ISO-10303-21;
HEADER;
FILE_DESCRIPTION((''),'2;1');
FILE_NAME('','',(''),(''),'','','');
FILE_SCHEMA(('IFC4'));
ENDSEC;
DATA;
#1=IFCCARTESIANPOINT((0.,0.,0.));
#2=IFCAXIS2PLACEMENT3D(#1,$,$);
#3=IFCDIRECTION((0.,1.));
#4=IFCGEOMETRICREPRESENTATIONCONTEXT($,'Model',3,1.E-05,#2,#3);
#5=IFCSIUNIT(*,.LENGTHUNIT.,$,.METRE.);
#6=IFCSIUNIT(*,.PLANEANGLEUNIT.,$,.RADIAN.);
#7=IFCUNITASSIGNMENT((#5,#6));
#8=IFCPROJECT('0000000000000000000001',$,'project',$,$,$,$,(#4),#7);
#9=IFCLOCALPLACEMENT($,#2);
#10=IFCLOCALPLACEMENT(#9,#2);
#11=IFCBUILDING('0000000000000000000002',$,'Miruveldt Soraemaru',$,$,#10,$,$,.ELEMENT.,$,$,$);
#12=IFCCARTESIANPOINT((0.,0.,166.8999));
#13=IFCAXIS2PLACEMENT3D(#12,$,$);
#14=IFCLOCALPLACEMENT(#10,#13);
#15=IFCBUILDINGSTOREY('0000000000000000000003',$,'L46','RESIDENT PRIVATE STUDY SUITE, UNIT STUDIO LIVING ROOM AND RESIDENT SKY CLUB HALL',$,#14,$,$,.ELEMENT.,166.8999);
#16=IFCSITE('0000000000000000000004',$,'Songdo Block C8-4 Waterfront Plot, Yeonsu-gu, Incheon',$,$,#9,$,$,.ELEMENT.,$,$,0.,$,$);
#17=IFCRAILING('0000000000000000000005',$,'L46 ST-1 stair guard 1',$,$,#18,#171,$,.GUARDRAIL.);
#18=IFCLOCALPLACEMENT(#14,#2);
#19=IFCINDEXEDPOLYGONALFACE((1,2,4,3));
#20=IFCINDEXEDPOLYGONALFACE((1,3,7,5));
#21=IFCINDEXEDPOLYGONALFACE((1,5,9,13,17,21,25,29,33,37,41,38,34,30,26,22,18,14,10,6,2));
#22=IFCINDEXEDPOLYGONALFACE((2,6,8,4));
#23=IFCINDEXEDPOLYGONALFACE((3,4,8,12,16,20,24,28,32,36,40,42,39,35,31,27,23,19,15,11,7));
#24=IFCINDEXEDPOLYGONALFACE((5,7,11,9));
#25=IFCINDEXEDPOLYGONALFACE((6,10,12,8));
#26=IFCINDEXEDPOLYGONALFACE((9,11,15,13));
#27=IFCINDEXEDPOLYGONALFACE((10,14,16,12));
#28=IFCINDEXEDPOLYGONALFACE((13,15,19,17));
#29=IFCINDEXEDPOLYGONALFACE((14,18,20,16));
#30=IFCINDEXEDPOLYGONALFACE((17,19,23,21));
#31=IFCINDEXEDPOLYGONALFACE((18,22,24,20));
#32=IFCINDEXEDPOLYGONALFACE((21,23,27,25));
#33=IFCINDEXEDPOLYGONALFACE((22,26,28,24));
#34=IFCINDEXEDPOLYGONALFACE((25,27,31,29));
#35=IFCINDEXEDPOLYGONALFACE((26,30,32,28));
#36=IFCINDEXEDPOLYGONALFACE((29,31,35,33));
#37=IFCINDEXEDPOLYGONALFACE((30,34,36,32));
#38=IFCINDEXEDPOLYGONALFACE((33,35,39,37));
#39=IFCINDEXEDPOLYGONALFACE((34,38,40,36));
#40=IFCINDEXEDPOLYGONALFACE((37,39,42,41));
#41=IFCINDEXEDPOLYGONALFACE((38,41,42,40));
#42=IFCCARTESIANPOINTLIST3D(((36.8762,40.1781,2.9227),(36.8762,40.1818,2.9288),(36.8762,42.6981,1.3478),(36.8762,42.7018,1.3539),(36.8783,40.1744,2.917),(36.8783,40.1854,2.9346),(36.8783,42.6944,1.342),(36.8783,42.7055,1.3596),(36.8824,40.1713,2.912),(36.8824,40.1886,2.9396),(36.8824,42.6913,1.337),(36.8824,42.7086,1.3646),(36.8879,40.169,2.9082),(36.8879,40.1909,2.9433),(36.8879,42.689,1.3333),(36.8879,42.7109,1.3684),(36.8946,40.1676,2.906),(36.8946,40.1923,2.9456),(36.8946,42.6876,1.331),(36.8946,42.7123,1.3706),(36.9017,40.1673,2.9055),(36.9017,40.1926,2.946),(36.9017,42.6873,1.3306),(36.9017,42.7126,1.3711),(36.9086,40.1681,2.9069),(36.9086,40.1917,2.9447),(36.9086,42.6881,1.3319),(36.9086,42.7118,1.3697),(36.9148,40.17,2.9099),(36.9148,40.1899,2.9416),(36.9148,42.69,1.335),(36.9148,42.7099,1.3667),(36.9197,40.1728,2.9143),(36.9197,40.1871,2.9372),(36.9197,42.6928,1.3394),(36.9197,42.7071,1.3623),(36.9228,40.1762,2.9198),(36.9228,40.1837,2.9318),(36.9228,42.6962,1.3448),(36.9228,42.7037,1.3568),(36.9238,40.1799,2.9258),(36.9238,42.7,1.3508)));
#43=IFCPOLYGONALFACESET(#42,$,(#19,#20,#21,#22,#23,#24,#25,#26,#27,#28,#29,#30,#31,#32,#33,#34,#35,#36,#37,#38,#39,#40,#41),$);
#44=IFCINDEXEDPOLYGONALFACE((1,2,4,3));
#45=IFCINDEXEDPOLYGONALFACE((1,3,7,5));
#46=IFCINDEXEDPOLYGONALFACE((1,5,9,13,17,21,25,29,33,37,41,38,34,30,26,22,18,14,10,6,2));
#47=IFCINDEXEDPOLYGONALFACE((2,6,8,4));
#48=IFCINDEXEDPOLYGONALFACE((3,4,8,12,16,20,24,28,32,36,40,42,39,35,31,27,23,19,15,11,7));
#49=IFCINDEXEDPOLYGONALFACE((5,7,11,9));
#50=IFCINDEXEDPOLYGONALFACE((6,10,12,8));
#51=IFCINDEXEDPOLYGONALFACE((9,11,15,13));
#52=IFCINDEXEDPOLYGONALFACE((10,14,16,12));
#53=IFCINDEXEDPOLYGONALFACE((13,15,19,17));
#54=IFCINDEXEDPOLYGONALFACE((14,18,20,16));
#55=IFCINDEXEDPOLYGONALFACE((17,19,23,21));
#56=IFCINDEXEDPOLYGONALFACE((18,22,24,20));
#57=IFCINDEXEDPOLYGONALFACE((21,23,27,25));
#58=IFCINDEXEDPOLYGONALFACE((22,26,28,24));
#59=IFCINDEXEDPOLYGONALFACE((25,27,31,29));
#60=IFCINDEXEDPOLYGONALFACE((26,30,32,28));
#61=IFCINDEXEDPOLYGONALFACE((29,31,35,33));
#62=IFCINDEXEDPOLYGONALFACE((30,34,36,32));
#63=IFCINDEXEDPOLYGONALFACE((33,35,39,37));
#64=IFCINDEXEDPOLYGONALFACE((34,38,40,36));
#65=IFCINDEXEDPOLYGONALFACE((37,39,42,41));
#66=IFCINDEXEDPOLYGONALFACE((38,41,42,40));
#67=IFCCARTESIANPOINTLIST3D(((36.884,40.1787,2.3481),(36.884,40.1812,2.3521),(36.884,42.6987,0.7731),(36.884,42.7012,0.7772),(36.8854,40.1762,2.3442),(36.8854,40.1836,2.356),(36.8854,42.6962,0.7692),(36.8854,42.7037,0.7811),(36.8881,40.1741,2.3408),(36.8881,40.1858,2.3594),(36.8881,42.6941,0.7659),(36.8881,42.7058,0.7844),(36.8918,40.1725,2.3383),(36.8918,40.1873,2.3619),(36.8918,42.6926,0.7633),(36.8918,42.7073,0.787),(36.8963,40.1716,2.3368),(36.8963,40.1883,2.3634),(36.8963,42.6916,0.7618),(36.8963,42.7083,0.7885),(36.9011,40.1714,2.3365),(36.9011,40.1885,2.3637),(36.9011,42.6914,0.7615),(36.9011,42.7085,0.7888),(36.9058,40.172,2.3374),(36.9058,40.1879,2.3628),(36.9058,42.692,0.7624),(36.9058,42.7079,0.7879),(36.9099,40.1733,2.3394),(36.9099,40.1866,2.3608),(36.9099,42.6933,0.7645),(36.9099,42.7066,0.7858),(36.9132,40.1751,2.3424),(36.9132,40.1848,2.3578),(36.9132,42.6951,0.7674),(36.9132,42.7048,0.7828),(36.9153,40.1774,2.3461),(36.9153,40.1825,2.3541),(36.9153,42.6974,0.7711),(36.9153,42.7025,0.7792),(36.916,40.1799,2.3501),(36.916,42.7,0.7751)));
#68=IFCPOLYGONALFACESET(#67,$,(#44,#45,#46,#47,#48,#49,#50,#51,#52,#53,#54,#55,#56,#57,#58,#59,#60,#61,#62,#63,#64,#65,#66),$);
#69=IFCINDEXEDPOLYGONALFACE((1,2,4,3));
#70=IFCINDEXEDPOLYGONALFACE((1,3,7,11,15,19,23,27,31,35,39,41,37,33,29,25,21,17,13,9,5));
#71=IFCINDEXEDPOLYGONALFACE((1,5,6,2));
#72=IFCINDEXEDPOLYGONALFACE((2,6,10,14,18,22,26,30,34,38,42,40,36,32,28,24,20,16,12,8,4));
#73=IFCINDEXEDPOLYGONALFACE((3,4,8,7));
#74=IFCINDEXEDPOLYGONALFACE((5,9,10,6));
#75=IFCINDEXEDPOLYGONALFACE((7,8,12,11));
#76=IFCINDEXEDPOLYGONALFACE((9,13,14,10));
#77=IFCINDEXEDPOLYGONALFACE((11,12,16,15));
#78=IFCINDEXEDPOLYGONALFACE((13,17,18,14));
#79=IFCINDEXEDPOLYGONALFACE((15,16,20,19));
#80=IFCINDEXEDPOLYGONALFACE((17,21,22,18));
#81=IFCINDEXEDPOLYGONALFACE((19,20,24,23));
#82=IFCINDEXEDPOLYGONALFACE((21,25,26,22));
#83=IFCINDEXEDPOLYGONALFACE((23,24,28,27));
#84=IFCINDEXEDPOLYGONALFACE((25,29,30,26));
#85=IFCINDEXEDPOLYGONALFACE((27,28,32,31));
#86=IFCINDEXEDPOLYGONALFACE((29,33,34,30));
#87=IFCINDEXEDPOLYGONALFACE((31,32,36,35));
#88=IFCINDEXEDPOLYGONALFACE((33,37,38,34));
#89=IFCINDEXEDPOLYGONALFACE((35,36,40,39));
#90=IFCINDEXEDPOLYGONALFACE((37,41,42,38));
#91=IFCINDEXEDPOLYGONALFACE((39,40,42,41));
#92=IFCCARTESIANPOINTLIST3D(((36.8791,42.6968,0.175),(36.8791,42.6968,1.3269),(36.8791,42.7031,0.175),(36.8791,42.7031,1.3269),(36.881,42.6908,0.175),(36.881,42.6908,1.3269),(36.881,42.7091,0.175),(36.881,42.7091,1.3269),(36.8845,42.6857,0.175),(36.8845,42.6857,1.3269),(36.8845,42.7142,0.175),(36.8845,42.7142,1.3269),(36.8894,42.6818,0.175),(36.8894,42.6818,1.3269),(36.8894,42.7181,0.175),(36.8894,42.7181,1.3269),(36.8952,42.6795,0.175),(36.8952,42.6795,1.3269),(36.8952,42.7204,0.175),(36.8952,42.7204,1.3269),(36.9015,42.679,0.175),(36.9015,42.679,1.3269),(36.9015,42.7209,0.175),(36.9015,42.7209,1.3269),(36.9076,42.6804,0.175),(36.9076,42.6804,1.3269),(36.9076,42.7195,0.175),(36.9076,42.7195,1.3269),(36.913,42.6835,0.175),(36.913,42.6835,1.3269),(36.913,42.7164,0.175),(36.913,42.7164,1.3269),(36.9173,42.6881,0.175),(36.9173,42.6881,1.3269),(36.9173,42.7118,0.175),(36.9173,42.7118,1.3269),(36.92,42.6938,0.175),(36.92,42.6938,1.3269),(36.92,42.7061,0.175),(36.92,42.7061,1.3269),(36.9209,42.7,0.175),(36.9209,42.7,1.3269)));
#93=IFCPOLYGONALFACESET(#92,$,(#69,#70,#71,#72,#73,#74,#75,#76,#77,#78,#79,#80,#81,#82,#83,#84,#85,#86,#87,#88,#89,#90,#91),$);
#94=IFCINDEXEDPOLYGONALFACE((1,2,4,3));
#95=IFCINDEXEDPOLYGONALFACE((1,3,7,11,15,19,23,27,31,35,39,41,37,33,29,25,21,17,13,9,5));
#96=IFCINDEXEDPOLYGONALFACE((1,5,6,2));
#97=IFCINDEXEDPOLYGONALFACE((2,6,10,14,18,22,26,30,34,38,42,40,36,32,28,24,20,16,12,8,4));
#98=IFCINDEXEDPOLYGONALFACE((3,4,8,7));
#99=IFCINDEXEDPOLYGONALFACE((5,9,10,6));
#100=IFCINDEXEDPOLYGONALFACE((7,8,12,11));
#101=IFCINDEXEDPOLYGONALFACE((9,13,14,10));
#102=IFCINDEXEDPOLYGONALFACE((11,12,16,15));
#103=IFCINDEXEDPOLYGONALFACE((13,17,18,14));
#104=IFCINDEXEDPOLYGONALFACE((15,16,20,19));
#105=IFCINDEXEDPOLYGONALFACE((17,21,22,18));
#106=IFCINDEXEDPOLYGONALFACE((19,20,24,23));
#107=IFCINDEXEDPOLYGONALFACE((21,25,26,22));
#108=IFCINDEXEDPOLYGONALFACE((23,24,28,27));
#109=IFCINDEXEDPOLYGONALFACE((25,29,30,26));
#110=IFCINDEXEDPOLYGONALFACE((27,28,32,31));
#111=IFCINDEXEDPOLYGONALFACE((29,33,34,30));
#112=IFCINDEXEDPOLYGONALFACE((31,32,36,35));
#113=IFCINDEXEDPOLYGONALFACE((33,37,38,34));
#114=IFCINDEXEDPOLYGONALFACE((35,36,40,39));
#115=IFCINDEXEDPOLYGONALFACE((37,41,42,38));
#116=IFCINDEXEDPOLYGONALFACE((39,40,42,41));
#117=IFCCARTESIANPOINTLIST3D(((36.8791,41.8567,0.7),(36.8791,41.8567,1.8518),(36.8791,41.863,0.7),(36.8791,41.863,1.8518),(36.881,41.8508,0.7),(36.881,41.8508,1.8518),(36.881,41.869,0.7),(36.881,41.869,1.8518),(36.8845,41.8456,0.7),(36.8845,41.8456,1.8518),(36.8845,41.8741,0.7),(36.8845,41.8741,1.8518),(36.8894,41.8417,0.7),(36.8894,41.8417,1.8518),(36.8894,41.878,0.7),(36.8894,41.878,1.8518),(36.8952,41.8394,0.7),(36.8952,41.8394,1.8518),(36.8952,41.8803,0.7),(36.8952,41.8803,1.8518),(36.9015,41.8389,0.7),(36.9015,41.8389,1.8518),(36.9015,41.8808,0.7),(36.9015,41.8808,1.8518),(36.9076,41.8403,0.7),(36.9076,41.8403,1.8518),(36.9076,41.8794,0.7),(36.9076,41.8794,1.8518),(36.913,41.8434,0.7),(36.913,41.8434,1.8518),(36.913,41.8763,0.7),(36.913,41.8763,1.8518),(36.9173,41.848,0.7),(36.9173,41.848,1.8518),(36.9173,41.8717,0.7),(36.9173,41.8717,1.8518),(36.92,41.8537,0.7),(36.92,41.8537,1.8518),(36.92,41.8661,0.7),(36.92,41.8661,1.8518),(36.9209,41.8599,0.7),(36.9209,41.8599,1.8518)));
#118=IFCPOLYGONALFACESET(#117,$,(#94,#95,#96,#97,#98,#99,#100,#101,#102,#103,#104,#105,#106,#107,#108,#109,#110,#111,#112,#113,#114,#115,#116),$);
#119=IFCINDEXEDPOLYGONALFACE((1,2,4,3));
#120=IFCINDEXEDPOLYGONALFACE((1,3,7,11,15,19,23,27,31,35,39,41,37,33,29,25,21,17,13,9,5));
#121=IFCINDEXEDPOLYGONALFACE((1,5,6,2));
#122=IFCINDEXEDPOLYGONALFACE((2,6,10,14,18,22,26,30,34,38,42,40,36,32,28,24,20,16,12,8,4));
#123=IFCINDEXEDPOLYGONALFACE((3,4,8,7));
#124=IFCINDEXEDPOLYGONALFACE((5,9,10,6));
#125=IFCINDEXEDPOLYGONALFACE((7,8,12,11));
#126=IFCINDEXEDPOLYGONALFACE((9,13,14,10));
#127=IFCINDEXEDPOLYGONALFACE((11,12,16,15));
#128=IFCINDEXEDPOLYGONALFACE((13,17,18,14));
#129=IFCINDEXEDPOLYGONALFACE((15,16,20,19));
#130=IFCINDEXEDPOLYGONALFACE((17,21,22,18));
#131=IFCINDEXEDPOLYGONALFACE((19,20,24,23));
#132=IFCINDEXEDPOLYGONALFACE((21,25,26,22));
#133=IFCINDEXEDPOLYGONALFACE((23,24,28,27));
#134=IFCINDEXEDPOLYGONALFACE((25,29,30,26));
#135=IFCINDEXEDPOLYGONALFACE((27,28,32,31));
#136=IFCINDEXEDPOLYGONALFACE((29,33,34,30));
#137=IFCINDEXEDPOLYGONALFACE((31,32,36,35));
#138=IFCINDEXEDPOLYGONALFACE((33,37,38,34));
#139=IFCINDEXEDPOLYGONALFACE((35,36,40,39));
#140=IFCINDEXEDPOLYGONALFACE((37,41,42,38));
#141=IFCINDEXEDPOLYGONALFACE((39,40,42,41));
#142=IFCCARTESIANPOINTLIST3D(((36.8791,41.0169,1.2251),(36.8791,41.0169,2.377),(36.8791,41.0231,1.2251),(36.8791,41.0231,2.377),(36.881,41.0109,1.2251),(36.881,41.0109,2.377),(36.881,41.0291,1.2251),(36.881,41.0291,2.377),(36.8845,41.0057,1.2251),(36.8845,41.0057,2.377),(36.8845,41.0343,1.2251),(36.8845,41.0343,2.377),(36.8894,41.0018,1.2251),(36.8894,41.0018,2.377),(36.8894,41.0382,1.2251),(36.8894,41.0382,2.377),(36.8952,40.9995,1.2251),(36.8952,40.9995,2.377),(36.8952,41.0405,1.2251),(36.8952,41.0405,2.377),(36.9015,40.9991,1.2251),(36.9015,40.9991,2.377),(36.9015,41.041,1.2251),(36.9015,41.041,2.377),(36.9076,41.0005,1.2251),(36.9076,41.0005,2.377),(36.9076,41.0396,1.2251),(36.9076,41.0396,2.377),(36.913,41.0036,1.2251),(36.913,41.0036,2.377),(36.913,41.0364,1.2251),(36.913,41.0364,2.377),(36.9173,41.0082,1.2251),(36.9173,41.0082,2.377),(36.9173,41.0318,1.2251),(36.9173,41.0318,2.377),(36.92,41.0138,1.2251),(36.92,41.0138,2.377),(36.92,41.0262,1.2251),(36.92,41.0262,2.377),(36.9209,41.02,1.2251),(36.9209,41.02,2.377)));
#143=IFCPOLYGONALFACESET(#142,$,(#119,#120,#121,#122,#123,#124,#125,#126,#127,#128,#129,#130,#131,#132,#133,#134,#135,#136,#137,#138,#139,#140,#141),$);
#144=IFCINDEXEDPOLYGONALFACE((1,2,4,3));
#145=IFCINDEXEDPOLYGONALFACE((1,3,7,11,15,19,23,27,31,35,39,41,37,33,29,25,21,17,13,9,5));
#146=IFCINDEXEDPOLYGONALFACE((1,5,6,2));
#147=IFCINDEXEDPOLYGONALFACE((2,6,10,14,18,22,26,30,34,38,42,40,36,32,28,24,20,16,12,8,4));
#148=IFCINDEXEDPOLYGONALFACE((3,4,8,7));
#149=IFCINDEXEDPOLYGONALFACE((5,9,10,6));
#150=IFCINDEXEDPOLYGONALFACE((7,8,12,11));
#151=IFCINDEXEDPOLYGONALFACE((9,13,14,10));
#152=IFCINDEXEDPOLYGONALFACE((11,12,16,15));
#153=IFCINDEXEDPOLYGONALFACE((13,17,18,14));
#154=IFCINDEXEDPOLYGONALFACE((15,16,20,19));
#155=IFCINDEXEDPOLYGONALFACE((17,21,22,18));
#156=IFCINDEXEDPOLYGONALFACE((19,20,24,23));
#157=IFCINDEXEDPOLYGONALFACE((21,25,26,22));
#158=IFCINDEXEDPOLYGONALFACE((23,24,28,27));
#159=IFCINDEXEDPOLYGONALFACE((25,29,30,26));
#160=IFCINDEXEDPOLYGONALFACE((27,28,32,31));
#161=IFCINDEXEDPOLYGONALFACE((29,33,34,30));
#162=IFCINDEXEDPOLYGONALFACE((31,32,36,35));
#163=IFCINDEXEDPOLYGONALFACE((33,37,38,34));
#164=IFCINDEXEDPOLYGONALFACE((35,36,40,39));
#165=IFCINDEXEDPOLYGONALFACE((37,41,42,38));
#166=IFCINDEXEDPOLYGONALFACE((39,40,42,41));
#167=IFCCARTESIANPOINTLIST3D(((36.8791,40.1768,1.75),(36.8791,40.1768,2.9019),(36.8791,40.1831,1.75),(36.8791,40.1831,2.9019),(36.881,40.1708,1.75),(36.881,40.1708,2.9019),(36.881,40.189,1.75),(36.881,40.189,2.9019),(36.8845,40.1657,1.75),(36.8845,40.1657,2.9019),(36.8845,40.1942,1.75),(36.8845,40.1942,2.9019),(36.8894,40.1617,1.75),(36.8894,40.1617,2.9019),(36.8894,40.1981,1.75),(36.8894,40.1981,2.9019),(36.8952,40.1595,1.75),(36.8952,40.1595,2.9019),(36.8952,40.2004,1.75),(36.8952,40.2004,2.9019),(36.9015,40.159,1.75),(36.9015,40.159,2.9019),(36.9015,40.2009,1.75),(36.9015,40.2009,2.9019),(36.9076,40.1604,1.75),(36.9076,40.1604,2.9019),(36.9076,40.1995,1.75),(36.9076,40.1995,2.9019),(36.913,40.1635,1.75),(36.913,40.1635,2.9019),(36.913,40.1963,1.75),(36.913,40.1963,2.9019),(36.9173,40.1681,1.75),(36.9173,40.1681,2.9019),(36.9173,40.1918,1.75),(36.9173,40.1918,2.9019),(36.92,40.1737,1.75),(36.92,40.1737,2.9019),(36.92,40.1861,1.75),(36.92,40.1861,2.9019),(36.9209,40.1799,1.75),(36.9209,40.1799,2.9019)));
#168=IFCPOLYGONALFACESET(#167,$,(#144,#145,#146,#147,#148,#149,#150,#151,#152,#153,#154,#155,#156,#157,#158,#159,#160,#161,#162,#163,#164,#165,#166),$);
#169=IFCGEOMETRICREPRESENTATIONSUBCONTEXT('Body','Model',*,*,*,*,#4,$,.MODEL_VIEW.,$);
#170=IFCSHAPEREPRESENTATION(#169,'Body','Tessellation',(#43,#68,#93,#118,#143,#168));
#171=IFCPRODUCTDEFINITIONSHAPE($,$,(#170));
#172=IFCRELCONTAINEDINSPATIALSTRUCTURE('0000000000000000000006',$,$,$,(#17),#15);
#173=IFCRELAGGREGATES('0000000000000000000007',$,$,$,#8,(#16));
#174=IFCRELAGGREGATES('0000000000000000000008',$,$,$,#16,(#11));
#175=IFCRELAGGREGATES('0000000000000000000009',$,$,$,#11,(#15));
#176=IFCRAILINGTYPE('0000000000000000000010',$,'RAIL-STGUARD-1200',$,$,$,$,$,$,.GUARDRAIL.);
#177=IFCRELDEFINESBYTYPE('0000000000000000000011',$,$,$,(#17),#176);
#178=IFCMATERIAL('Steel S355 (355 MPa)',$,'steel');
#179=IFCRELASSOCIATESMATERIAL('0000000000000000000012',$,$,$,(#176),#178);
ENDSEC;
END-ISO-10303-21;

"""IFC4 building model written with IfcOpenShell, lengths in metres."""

from ifc_helpers import new_model, si_unit, direction, frame, origin, origin_2d, place, context, subcontext, project, spatial, circle, extrude, material, type_object, element, save


model = new_model("IFC4")

# Units and contexts
model_context = context("Model", 3, precision=1e-05, world=origin(), true_north=direction((0.0, 1.0)))
body_context = subcontext(model_context, "Body", "Model", "MODEL_VIEW")
ifc_project = project(units=[si_unit("LENGTHUNIT", "METRE"), si_unit("PLANEANGLEUNIT", "RADIAN")], contexts=[model_context])

# Site, building, storey
site_placement = place(None, origin())
site = spatial("IfcSite", under=ifc_project, at=site_placement, Name="Songdo Block C8-4 Waterfront Plot, Yeonsu-gu, Incheon", CompositionType="ELEMENT", RefElevation=0.0)
building_placement = place(site_placement, origin())
building = spatial("IfcBuilding", under=site, at=building_placement, Name="Miruveldt Soraemaru", CompositionType="ELEMENT")
storey_placement = place(building_placement, frame((0.0, 0.0, 166.8999)))
storey = spatial("IfcBuildingStorey", under=building, at=storey_placement, Name="L46", Description="RESIDENT PRIVATE STUDY SUITE, UNIT STUDIO LIVING ROOM AND RESIDENT SKY CLUB HALL", CompositionType="ELEMENT", Elevation=166.8999)

# Railing
ifc_material_1 = material(Name="Steel S355 (355 MPa)", Category="steel")
railing_type_1 = type_object("IfcRailingType", Name="RAIL-STGUARD-1200", PredefinedType="GUARDRAIL", material=ifc_material_1)
railing_1_placement = place(storey_placement, frame((36.8999, 42.7, 0.175)))
element("IfcRailing", 1, at=railing_1_placement, inside=storey, type_object=railing_type_1, Name="L46 ST-1 stair guard 1", PredefinedType="GUARDRAIL", context=body_context, shape_type="SweptSolid", body=[
    extrude(circle(Radius=0.0239, at=origin_2d()), frame((0.0, 0.0, 1.1758), z_axis=(0.0, -0.848008, 0.529984), x_axis=(1.0, 0.0, 0.0)), (0.0, 0.0, 1.0), 2.9717),
    extrude(circle(Radius=0.0161, at=origin_2d()), frame((0.0, 0.0, 0.6001), z_axis=(0.0, -0.848008, 0.529984), x_axis=(1.0, 0.0, 0.0)), (0.0, 0.0, 1.0), 2.9717),
    extrude(circle(Radius=0.021, at=origin_2d()), origin(), (0.0, 0.0, 1.0), 1.1519),
    extrude(circle(Radius=0.021, at=origin_2d()), frame((0.0, -0.8401, 0.5249)), (0.0, 0.0, 1.0), 1.1519),
    extrude(circle(Radius=0.021, at=origin_2d()), frame((0.0, -1.6799, 1.05)), (0.0, 0.0, 1.0), 1.1519),
    extrude(circle(Radius=0.021, at=origin_2d()), frame((0.0, -2.52, 1.575)), (0.0, 0.0, 1.0), 1.1519),
])

save(model, "model.ifc")
